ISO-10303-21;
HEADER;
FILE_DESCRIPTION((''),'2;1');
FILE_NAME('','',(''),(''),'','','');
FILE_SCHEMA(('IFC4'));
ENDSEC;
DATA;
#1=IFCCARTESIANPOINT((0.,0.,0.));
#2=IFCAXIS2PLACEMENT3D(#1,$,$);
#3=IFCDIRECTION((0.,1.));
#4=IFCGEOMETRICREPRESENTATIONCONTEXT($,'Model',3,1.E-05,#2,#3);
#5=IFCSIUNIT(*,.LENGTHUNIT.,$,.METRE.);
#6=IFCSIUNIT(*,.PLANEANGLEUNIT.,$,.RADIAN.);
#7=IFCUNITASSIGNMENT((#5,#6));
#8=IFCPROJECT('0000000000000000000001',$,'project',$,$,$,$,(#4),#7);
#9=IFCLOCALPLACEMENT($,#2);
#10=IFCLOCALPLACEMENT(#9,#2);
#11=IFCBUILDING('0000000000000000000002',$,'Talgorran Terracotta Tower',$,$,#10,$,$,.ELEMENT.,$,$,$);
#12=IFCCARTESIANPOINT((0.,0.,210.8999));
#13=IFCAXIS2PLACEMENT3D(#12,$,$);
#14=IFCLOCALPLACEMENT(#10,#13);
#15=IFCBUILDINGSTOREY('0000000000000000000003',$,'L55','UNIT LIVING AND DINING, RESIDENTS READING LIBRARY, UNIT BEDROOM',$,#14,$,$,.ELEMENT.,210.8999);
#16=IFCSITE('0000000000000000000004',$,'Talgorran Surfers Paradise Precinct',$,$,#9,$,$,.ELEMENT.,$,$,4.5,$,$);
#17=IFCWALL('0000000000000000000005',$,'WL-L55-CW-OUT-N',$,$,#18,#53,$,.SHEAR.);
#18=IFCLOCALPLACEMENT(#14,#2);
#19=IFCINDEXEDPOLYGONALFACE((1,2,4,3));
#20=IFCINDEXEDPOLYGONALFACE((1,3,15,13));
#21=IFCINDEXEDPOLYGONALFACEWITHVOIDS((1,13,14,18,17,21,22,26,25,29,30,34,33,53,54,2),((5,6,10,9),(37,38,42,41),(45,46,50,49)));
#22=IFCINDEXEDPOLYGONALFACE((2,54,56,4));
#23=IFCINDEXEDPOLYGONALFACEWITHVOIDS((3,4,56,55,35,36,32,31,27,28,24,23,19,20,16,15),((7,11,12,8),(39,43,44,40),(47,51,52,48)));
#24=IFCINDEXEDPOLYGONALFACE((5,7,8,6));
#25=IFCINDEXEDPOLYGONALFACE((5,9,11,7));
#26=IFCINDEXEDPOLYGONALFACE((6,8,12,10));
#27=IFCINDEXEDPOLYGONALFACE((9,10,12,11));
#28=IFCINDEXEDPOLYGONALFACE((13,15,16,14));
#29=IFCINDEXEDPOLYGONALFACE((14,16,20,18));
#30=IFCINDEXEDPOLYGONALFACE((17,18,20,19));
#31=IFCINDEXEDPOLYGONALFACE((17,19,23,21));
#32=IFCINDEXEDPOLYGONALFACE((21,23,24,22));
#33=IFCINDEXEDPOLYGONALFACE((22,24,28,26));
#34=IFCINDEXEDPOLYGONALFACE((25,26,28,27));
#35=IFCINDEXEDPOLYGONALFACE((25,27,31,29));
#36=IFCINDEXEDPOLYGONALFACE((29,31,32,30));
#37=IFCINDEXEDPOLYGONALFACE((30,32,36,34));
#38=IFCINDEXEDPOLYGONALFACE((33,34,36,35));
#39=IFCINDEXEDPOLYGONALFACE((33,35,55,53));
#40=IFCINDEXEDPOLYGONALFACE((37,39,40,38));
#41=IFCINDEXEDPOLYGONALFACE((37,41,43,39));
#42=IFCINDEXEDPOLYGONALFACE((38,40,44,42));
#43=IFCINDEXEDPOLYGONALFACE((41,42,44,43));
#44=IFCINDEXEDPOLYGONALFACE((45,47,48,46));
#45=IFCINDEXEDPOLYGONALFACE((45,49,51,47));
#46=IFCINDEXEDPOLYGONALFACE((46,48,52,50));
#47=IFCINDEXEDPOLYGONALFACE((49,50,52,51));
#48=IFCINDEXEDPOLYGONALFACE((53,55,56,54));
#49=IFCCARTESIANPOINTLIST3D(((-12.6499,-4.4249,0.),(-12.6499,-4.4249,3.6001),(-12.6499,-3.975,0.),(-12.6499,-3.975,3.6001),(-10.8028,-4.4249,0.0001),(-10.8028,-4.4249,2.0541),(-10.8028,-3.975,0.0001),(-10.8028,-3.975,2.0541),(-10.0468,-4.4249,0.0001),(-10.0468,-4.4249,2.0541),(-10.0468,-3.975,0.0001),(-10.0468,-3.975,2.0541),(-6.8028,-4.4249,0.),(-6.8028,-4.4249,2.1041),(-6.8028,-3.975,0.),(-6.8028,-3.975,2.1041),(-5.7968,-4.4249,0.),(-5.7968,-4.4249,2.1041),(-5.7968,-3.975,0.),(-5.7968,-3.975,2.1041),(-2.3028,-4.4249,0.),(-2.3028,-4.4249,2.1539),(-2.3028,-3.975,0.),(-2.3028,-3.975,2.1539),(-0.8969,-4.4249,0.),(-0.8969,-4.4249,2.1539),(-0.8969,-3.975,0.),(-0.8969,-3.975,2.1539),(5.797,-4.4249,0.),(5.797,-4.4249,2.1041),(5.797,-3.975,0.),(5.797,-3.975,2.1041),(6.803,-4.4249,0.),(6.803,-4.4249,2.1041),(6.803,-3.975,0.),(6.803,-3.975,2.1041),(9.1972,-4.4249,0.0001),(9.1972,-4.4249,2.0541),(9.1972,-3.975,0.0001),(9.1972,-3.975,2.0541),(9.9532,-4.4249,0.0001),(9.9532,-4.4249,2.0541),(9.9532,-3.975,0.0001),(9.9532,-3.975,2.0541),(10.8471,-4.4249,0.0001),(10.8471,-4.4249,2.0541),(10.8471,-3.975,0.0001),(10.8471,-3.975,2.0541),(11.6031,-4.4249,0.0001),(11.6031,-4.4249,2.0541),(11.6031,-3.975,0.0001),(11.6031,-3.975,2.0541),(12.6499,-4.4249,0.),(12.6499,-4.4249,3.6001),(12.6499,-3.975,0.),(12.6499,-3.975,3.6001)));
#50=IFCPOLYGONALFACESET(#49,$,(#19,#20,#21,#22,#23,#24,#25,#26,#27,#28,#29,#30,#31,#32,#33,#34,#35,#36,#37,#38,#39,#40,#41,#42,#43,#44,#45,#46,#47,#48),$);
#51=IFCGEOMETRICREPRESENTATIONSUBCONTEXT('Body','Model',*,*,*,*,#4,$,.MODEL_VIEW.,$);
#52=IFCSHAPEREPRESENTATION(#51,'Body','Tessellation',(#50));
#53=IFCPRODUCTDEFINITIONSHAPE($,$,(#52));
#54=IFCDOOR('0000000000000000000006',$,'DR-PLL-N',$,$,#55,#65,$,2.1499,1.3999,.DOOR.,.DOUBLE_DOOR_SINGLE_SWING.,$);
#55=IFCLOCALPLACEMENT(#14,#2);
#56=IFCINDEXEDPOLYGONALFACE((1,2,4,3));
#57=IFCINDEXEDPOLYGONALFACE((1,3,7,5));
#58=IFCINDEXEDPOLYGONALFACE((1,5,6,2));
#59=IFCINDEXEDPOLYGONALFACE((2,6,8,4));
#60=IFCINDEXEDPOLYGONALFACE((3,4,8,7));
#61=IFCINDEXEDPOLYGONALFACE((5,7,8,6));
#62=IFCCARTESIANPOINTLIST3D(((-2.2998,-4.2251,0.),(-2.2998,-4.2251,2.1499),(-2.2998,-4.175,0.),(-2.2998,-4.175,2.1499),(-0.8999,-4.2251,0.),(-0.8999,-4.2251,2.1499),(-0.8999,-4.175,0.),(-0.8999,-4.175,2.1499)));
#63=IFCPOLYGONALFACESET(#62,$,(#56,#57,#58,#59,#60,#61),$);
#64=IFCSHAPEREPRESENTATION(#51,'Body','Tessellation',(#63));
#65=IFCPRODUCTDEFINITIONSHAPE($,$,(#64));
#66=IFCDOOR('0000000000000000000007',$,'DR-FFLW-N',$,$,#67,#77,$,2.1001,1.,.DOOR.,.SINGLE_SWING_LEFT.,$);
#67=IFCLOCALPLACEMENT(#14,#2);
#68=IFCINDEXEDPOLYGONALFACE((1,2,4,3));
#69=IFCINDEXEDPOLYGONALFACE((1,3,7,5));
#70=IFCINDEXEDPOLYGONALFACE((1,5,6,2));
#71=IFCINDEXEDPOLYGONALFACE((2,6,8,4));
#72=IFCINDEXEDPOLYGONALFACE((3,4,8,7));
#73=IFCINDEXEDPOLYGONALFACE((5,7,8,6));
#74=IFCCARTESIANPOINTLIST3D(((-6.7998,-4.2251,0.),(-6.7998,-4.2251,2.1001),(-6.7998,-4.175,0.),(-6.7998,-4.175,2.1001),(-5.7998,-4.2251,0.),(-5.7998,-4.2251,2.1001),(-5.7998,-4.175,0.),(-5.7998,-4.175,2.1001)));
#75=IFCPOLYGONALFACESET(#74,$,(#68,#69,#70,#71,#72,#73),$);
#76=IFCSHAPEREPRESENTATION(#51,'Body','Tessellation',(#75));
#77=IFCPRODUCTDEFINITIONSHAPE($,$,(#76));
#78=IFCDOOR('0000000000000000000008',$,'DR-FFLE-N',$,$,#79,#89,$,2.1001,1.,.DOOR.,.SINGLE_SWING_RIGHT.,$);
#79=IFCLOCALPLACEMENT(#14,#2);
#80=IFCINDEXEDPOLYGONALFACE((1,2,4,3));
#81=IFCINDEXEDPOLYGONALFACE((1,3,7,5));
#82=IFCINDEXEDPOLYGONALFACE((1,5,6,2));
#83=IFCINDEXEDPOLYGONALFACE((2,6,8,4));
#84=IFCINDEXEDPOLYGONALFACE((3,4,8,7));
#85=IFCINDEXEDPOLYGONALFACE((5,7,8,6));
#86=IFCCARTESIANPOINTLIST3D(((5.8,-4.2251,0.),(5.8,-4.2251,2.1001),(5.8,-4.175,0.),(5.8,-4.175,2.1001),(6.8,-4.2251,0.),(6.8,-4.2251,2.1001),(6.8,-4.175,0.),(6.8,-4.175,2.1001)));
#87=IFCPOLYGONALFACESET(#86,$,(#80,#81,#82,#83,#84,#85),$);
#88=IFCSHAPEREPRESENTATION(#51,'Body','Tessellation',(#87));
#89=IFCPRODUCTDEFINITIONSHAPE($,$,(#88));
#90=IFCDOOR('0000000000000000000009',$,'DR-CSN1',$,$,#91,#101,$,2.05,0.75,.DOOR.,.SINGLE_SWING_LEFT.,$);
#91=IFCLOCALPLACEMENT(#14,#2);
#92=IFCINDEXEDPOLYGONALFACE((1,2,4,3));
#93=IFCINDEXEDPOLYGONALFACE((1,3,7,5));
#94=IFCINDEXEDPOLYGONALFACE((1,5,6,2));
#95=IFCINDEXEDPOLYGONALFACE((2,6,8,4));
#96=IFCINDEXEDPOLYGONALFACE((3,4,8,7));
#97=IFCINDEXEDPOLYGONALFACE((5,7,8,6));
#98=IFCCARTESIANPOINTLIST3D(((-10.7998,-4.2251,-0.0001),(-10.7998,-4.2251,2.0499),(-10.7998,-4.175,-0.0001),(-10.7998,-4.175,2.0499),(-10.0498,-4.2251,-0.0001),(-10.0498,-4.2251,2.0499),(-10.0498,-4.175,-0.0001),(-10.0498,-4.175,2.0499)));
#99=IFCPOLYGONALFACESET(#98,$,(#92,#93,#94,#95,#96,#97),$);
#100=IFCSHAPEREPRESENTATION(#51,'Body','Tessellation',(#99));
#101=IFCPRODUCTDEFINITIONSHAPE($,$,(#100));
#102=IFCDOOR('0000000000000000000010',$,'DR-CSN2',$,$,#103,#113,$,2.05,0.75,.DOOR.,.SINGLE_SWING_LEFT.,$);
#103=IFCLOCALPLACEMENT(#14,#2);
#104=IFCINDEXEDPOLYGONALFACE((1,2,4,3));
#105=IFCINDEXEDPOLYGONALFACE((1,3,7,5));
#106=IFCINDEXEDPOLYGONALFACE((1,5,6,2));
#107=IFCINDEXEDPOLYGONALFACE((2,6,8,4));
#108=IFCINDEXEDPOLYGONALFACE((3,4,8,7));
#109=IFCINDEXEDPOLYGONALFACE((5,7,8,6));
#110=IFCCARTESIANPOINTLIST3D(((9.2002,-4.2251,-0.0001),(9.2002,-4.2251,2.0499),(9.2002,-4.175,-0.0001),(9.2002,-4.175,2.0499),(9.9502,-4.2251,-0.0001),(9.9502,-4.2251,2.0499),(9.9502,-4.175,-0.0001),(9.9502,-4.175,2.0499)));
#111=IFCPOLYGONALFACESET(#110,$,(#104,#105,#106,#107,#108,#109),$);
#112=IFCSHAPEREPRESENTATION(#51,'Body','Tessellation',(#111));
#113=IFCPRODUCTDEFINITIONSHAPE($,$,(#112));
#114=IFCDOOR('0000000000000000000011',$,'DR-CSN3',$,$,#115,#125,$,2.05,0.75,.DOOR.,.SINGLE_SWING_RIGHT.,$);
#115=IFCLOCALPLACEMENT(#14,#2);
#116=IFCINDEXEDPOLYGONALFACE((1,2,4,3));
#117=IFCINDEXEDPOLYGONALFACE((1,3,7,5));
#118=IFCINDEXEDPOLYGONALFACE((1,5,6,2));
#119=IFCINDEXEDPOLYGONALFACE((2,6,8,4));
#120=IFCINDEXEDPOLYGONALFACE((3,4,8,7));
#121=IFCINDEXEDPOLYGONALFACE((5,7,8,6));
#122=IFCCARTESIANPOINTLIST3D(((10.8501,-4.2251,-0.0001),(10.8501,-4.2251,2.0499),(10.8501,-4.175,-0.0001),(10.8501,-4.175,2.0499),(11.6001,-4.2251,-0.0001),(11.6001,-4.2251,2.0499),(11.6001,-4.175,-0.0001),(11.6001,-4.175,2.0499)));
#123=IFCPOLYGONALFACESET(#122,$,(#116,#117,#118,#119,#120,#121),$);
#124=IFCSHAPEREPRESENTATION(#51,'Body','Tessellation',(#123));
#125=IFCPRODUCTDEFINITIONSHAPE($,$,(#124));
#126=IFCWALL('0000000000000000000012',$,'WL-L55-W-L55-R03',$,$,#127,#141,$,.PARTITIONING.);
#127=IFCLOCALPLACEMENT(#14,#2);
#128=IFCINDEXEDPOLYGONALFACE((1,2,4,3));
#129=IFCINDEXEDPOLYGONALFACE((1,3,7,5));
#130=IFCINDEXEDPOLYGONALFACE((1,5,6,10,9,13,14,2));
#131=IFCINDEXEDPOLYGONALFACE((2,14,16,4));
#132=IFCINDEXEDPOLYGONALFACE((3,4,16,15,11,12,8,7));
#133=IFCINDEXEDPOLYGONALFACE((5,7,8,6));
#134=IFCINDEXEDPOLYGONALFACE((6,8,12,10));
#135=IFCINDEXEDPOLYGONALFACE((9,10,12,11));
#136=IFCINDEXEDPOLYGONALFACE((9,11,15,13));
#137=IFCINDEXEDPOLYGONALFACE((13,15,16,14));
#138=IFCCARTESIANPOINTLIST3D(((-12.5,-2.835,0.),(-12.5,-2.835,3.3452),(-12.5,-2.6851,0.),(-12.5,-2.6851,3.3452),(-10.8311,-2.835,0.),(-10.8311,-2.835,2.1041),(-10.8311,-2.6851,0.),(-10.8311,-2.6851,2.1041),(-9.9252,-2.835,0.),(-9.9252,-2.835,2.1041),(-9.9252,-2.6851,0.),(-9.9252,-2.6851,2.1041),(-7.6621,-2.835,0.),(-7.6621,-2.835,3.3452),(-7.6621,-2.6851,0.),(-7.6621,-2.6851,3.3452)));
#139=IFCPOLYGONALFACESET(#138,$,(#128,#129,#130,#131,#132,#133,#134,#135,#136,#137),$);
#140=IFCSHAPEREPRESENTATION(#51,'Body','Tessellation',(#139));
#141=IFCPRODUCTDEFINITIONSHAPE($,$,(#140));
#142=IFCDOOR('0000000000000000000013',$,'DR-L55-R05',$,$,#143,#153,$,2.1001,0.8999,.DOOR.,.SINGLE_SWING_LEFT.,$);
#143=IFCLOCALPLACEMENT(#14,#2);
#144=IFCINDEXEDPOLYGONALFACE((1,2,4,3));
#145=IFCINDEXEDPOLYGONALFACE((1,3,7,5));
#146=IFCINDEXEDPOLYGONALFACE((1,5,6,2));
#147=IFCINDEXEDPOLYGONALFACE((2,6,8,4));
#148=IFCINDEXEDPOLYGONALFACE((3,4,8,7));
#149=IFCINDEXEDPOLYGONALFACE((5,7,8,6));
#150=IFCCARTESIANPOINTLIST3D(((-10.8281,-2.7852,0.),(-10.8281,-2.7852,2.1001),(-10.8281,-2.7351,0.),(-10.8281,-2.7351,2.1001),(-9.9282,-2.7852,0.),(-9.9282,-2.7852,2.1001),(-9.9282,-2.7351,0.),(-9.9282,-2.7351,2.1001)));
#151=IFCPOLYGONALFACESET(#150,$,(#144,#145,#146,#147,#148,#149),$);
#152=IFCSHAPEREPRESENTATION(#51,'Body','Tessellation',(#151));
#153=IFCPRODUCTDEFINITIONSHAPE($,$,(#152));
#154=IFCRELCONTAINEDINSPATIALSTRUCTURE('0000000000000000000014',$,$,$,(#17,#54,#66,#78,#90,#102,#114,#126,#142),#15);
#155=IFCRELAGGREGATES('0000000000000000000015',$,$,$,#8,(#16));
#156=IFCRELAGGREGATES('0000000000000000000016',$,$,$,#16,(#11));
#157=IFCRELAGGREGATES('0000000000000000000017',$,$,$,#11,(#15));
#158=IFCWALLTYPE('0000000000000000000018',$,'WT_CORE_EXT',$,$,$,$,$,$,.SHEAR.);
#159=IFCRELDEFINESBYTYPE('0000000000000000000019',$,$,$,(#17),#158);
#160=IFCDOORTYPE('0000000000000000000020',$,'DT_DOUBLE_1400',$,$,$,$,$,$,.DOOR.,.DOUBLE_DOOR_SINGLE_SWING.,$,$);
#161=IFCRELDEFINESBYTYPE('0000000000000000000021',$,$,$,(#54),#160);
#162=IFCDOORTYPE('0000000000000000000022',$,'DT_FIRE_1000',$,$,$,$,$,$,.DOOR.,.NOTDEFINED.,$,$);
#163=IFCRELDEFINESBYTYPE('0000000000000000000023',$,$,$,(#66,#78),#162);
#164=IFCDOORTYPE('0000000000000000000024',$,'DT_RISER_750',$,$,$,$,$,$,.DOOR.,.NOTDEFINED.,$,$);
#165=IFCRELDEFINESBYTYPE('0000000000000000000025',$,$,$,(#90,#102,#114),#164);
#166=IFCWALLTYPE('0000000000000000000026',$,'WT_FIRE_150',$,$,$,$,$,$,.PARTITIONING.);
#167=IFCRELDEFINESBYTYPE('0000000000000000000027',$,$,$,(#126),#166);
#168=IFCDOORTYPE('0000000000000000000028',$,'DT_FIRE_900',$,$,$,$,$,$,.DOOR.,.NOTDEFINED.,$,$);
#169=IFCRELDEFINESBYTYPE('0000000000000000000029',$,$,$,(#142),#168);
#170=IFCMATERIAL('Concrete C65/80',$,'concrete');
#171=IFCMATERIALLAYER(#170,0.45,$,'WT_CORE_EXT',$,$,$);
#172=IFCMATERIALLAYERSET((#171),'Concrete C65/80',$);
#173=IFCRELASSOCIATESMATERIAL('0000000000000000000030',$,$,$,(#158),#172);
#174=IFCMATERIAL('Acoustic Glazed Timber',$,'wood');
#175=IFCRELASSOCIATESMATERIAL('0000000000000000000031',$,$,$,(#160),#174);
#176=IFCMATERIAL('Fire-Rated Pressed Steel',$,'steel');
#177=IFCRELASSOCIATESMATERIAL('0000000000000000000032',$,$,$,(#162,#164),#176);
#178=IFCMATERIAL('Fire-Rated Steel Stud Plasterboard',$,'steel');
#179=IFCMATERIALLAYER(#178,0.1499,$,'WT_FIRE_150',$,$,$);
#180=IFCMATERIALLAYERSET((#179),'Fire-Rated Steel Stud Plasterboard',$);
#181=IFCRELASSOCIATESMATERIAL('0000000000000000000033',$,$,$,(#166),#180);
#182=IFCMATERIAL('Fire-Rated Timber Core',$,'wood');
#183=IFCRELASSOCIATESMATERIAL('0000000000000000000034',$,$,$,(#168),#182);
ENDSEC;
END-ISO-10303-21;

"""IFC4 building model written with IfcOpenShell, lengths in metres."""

from ifc_helpers import new_model, si_unit, direction, frame, frame_2d, origin, place, context, subcontext, project, spatial, rectangle, extrude, material, layer, layer_set, type_object, element, fill, save


model = new_model("IFC4")

# Units and contexts
model_context = context("Model", 3, precision=1e-05, world=origin(), true_north=direction((0.0, 1.0)))
body_context = subcontext(model_context, "Body", "Model", "MODEL_VIEW")
ifc_project = project(units=[si_unit("LENGTHUNIT", "METRE"), si_unit("PLANEANGLEUNIT", "RADIAN")], contexts=[model_context])

# Site, building, storey
site_placement = place(None, origin())
site = spatial("IfcSite", under=ifc_project, at=site_placement, Name="Talgorran Surfers Paradise Precinct", CompositionType="ELEMENT", RefElevation=4.5)
building_placement = place(site_placement, origin())
building = spatial("IfcBuilding", under=site, at=building_placement, Name="Talgorran Terracotta Tower", CompositionType="ELEMENT")
storey_placement = place(building_placement, frame((0.0, 0.0, 210.8999)))
storey = spatial("IfcBuildingStorey", under=building, at=storey_placement, Name="L55", Description="UNIT LIVING AND DINING, RESIDENTS READING LIBRARY, UNIT BEDROOM", CompositionType="ELEMENT", Elevation=210.8999)

# Wall, openings, doors
ifc_material_1 = material(Name="Concrete C65/80", Category="concrete")
ifc_layer_1 = layer(ifc_material_1, 0.45, Name="WT_CORE_EXT")
ifc_layer_set_1 = layer_set([ifc_layer_1], Name="Concrete C65/80")
wall_type_1 = type_object("IfcWallType", Name="WT_CORE_EXT", PredefinedType="SHEAR", material=ifc_layer_set_1)
wall_1_placement = place(storey_placement, frame((-12.6499, -4.2, 0.0), z_axis=(0.0, 0.0, 1.0), x_axis=(1.0, 0.0, 0.0)))
wall_1 = element("IfcWall", 1, at=wall_1_placement, inside=storey, type_object=wall_type_1, Name="WL-L55-CW-OUT-N", PredefinedType="SHEAR", context=body_context, shape_type="SweptSolid", body=[
    extrude(rectangle(XDim=25.2998, YDim=0.45, at=frame_2d((12.6499, 0.0))), origin(), (0.0, 0.0, 1.0), 3.6001),
])
opening_1_placement = place(wall_1_placement, frame((1.8501, 0.0, 0.0)))
opening_1 = element("IfcOpeningElement", 2, at=opening_1_placement, cuts=wall_1, PredefinedType="OPENING", context=body_context, shape_type="SweptSolid", body=[
    extrude(rectangle(XDim=0.756, YDim=2.054, at=frame_2d((0.375, 1.0271))), frame((0.0, 0.2349, 0.0), z_axis=(0.0, -1.0, 0.0), x_axis=(1.0, 0.0, 0.0)), (0.0, 0.0, 1.0), 0.47),
])
opening_2_placement = place(wall_1_placement, frame((21.8501, 0.0, 0.0)))
opening_2 = element("IfcOpeningElement", 3, at=opening_2_placement, cuts=wall_1, PredefinedType="OPENING", context=body_context, shape_type="SweptSolid", body=[
    extrude(rectangle(XDim=0.756, YDim=2.054, at=frame_2d((0.375, 1.0271))), frame((0.0, 0.2349, 0.0), z_axis=(0.0, -1.0, 0.0), x_axis=(1.0, 0.0, 0.0)), (0.0, 0.0, 1.0), 0.47),
])
opening_3_placement = place(wall_1_placement, frame((23.5, 0.0, 0.0)))
opening_3 = element("IfcOpeningElement", 4, at=opening_3_placement, cuts=wall_1, PredefinedType="OPENING", context=body_context, shape_type="SweptSolid", body=[
    extrude(rectangle(XDim=0.756, YDim=2.054, at=frame_2d((0.375, 1.0271))), frame((0.0, 0.2349, 0.0), z_axis=(0.0, -1.0, 0.0), x_axis=(1.0, 0.0, 0.0)), (0.0, 0.0, 1.0), 0.47),
])
opening_4_placement = place(wall_1_placement, frame((5.8501, 0.0, 0.0)))
opening_4 = element("IfcOpeningElement", 5, at=opening_4_placement, cuts=wall_1, PredefinedType="OPENING", context=body_context, shape_type="SweptSolid", body=[
    extrude(rectangle(XDim=1.006, YDim=2.1041, at=frame_2d((0.5, 1.052))), frame((0.0, 0.2349, 0.0), z_axis=(0.0, -1.0, 0.0), x_axis=(1.0, 0.0, 0.0)), (0.0, 0.0, 1.0), 0.47),
])
opening_5_placement = place(wall_1_placement, frame((10.3501, 0.0, 0.0)))
opening_5 = element("IfcOpeningElement", 6, at=opening_5_placement, cuts=wall_1, PredefinedType="OPENING", context=body_context, shape_type="SweptSolid", body=[
    extrude(rectangle(XDim=1.4059, YDim=2.1539, at=frame_2d((0.7, 1.0769))), frame((0.0, 0.2349, 0.0), z_axis=(0.0, -1.0, 0.0), x_axis=(1.0, 0.0, 0.0)), (0.0, 0.0, 1.0), 0.47),
])
opening_6_placement = place(wall_1_placement, frame((18.45, 0.0, 0.0)))
opening_6 = element("IfcOpeningElement", 7, at=opening_6_placement, cuts=wall_1, PredefinedType="OPENING", context=body_context, shape_type="SweptSolid", body=[
    extrude(rectangle(XDim=1.006, YDim=2.1041, at=frame_2d((0.5, 1.052))), frame((0.0, 0.2349, 0.0), z_axis=(0.0, -1.0, 0.0), x_axis=(1.0, 0.0, 0.0)), (0.0, 0.0, 1.0), 0.47),
])
ifc_material_2 = material(Name="Acoustic Glazed Timber", Category="wood")
door_type_1 = type_object("IfcDoorType", Name="DT_DOUBLE_1400", OperationType="DOUBLE_DOOR_SINGLE_SWING", PredefinedType="DOOR", material=ifc_material_2)
door_1_placement = place(opening_5_placement, origin())
door_1 = element("IfcDoor", 8, at=door_1_placement, inside=storey, type_object=door_type_1, Name="DR-PLL-N", OperationType="DOUBLE_DOOR_SINGLE_SWING", OverallHeight=2.1499, OverallWidth=1.3999, PredefinedType="DOOR", context=body_context, shape_type="SweptSolid", body=[
    extrude(rectangle(XDim=1.3999, YDim=2.1499, at=frame_2d((0.7, 1.075))), frame((0.0, 0.0249, 0.0), z_axis=(0.0, -1.0, 0.0), x_axis=(1.0, 0.0, 0.0)), (0.0, 0.0, 1.0), 0.05),
])
fill(opening_5, door_1)
ifc_material_3 = material(Name="Fire-Rated Pressed Steel", Category="steel")
door_type_2 = type_object("IfcDoorType", Name="DT_FIRE_1000", OperationType="NOTDEFINED", PredefinedType="DOOR", material=ifc_material_3)
door_2_placement = place(opening_4_placement, origin())
door_2 = element("IfcDoor", 9, at=door_2_placement, inside=storey, type_object=door_type_2, Name="DR-FFLW-N", OperationType="SINGLE_SWING_LEFT", OverallHeight=2.1001, OverallWidth=1.0, PredefinedType="DOOR", context=body_context, shape_type="SweptSolid", body=[
    extrude(rectangle(XDim=1.0, YDim=2.1001, at=frame_2d((0.5, 1.05))), frame((0.0, 0.0249, 0.0), z_axis=(0.0, -1.0, 0.0), x_axis=(1.0, 0.0, 0.0)), (0.0, 0.0, 1.0), 0.05),
])
fill(opening_4, door_2)
door_3_placement = place(opening_6_placement, origin())
door_3 = element("IfcDoor", 10, at=door_3_placement, inside=storey, type_object=door_type_2, Name="DR-FFLE-N", OperationType="SINGLE_SWING_RIGHT", OverallHeight=2.1001, OverallWidth=1.0, PredefinedType="DOOR", context=body_context, shape_type="SweptSolid", body=[
    extrude(rectangle(XDim=1.0, YDim=2.1001, at=frame_2d((0.5, 1.05))), frame((0.0, 0.0249, 0.0), z_axis=(0.0, -1.0, 0.0), x_axis=(1.0, 0.0, 0.0)), (0.0, 0.0, 1.0), 0.05),
])
fill(opening_6, door_3)
door_type_3 = type_object("IfcDoorType", Name="DT_RISER_750", OperationType="NOTDEFINED", PredefinedType="DOOR", material=ifc_material_3)
door_4_placement = place(opening_1_placement, origin())
door_4 = element("IfcDoor", 11, at=door_4_placement, inside=storey, type_object=door_type_3, Name="DR-CSN1", OperationType="SINGLE_SWING_LEFT", OverallHeight=2.05, OverallWidth=0.75, PredefinedType="DOOR", context=body_context, shape_type="SweptSolid", body=[
    extrude(rectangle(XDim=0.75, YDim=2.05, at=frame_2d((0.375, 1.0249))), frame((0.0, 0.0249, 0.0), z_axis=(0.0, -1.0, 0.0), x_axis=(1.0, 0.0, 0.0)), (0.0, 0.0, 1.0), 0.05),
])
fill(opening_1, door_4)
door_5_placement = place(opening_2_placement, origin())
door_5 = element("IfcDoor", 12, at=door_5_placement, inside=storey, type_object=door_type_3, Name="DR-CSN2", OperationType="SINGLE_SWING_LEFT", OverallHeight=2.05, OverallWidth=0.75, PredefinedType="DOOR", context=body_context, shape_type="SweptSolid", body=[
    extrude(rectangle(XDim=0.75, YDim=2.05, at=frame_2d((0.375, 1.0249))), frame((0.0, 0.0249, 0.0), z_axis=(0.0, -1.0, 0.0), x_axis=(1.0, 0.0, 0.0)), (0.0, 0.0, 1.0), 0.05),
])
fill(opening_2, door_5)
door_6_placement = place(opening_3_placement, origin())
door_6 = element("IfcDoor", 13, at=door_6_placement, inside=storey, type_object=door_type_3, Name="DR-CSN3", OperationType="SINGLE_SWING_RIGHT", OverallHeight=2.05, OverallWidth=0.75, PredefinedType="DOOR", context=body_context, shape_type="SweptSolid", body=[
    extrude(rectangle(XDim=0.75, YDim=2.05, at=frame_2d((0.375, 1.0249))), frame((0.0, 0.0249, 0.0), z_axis=(0.0, -1.0, 0.0), x_axis=(1.0, 0.0, 0.0)), (0.0, 0.0, 1.0), 0.05),
])
fill(opening_3, door_6)

# Wall, opening, door
ifc_material_4 = material(Name="Fire-Rated Steel Stud Plasterboard", Category="steel")
ifc_layer_2 = layer(ifc_material_4, 0.1499, Name="WT_FIRE_150")
ifc_layer_set_2 = layer_set([ifc_layer_2], Name="Fire-Rated Steel Stud Plasterboard")
wall_type_2 = type_object("IfcWallType", Name="WT_FIRE_150", PredefinedType="PARTITIONING", material=ifc_layer_set_2)
wall_2_placement = place(storey_placement, frame((-12.5, -2.76, 0.0), z_axis=(0.0, 0.0, 1.0), x_axis=(1.0, 0.0, 0.0)))
wall_2 = element("IfcWall", 14, at=wall_2_placement, inside=storey, type_object=wall_type_2, Name="WL-L55-W-L55-R03", PredefinedType="PARTITIONING", context=body_context, shape_type="SweptSolid", body=[
    extrude(rectangle(XDim=4.8379, YDim=0.1499, at=frame_2d((2.4189, 0.0))), origin(), (0.0, 0.0, 1.0), 3.3452),
])
opening_7_placement = place(wall_2_placement, frame((1.6719, 0.0, 0.0)))
opening_7 = element("IfcOpeningElement", 15, at=opening_7_placement, cuts=wall_2, PredefinedType="OPENING", context=body_context, shape_type="SweptSolid", body=[
    extrude(rectangle(XDim=0.9059, YDim=2.1041, at=frame_2d((0.45, 1.052))), frame((0.0, 0.085, 0.0), z_axis=(0.0, -1.0, 0.0), x_axis=(1.0, 0.0, 0.0)), (0.0, 0.0, 1.0), 0.1699),
])
ifc_material_5 = material(Name="Fire-Rated Timber Core", Category="wood")
door_type_4 = type_object("IfcDoorType", Name="DT_FIRE_900", OperationType="NOTDEFINED", PredefinedType="DOOR", material=ifc_material_5)
door_7_placement = place(opening_7_placement, origin())
door_7 = element("IfcDoor", 16, at=door_7_placement, inside=storey, type_object=door_type_4, Name="DR-L55-R05", OperationType="SINGLE_SWING_LEFT", OverallHeight=2.1001, OverallWidth=0.8999, PredefinedType="DOOR", context=body_context, shape_type="SweptSolid", body=[
    extrude(rectangle(XDim=0.8999, YDim=2.1001, at=frame_2d((0.45, 1.05))), frame((0.0, 0.0249, 0.0), z_axis=(0.0, -1.0, 0.0), x_axis=(1.0, 0.0, 0.0)), (0.0, 0.0, 1.0), 0.05),
])
fill(opening_7, door_7)

save(model, "model.ifc")
